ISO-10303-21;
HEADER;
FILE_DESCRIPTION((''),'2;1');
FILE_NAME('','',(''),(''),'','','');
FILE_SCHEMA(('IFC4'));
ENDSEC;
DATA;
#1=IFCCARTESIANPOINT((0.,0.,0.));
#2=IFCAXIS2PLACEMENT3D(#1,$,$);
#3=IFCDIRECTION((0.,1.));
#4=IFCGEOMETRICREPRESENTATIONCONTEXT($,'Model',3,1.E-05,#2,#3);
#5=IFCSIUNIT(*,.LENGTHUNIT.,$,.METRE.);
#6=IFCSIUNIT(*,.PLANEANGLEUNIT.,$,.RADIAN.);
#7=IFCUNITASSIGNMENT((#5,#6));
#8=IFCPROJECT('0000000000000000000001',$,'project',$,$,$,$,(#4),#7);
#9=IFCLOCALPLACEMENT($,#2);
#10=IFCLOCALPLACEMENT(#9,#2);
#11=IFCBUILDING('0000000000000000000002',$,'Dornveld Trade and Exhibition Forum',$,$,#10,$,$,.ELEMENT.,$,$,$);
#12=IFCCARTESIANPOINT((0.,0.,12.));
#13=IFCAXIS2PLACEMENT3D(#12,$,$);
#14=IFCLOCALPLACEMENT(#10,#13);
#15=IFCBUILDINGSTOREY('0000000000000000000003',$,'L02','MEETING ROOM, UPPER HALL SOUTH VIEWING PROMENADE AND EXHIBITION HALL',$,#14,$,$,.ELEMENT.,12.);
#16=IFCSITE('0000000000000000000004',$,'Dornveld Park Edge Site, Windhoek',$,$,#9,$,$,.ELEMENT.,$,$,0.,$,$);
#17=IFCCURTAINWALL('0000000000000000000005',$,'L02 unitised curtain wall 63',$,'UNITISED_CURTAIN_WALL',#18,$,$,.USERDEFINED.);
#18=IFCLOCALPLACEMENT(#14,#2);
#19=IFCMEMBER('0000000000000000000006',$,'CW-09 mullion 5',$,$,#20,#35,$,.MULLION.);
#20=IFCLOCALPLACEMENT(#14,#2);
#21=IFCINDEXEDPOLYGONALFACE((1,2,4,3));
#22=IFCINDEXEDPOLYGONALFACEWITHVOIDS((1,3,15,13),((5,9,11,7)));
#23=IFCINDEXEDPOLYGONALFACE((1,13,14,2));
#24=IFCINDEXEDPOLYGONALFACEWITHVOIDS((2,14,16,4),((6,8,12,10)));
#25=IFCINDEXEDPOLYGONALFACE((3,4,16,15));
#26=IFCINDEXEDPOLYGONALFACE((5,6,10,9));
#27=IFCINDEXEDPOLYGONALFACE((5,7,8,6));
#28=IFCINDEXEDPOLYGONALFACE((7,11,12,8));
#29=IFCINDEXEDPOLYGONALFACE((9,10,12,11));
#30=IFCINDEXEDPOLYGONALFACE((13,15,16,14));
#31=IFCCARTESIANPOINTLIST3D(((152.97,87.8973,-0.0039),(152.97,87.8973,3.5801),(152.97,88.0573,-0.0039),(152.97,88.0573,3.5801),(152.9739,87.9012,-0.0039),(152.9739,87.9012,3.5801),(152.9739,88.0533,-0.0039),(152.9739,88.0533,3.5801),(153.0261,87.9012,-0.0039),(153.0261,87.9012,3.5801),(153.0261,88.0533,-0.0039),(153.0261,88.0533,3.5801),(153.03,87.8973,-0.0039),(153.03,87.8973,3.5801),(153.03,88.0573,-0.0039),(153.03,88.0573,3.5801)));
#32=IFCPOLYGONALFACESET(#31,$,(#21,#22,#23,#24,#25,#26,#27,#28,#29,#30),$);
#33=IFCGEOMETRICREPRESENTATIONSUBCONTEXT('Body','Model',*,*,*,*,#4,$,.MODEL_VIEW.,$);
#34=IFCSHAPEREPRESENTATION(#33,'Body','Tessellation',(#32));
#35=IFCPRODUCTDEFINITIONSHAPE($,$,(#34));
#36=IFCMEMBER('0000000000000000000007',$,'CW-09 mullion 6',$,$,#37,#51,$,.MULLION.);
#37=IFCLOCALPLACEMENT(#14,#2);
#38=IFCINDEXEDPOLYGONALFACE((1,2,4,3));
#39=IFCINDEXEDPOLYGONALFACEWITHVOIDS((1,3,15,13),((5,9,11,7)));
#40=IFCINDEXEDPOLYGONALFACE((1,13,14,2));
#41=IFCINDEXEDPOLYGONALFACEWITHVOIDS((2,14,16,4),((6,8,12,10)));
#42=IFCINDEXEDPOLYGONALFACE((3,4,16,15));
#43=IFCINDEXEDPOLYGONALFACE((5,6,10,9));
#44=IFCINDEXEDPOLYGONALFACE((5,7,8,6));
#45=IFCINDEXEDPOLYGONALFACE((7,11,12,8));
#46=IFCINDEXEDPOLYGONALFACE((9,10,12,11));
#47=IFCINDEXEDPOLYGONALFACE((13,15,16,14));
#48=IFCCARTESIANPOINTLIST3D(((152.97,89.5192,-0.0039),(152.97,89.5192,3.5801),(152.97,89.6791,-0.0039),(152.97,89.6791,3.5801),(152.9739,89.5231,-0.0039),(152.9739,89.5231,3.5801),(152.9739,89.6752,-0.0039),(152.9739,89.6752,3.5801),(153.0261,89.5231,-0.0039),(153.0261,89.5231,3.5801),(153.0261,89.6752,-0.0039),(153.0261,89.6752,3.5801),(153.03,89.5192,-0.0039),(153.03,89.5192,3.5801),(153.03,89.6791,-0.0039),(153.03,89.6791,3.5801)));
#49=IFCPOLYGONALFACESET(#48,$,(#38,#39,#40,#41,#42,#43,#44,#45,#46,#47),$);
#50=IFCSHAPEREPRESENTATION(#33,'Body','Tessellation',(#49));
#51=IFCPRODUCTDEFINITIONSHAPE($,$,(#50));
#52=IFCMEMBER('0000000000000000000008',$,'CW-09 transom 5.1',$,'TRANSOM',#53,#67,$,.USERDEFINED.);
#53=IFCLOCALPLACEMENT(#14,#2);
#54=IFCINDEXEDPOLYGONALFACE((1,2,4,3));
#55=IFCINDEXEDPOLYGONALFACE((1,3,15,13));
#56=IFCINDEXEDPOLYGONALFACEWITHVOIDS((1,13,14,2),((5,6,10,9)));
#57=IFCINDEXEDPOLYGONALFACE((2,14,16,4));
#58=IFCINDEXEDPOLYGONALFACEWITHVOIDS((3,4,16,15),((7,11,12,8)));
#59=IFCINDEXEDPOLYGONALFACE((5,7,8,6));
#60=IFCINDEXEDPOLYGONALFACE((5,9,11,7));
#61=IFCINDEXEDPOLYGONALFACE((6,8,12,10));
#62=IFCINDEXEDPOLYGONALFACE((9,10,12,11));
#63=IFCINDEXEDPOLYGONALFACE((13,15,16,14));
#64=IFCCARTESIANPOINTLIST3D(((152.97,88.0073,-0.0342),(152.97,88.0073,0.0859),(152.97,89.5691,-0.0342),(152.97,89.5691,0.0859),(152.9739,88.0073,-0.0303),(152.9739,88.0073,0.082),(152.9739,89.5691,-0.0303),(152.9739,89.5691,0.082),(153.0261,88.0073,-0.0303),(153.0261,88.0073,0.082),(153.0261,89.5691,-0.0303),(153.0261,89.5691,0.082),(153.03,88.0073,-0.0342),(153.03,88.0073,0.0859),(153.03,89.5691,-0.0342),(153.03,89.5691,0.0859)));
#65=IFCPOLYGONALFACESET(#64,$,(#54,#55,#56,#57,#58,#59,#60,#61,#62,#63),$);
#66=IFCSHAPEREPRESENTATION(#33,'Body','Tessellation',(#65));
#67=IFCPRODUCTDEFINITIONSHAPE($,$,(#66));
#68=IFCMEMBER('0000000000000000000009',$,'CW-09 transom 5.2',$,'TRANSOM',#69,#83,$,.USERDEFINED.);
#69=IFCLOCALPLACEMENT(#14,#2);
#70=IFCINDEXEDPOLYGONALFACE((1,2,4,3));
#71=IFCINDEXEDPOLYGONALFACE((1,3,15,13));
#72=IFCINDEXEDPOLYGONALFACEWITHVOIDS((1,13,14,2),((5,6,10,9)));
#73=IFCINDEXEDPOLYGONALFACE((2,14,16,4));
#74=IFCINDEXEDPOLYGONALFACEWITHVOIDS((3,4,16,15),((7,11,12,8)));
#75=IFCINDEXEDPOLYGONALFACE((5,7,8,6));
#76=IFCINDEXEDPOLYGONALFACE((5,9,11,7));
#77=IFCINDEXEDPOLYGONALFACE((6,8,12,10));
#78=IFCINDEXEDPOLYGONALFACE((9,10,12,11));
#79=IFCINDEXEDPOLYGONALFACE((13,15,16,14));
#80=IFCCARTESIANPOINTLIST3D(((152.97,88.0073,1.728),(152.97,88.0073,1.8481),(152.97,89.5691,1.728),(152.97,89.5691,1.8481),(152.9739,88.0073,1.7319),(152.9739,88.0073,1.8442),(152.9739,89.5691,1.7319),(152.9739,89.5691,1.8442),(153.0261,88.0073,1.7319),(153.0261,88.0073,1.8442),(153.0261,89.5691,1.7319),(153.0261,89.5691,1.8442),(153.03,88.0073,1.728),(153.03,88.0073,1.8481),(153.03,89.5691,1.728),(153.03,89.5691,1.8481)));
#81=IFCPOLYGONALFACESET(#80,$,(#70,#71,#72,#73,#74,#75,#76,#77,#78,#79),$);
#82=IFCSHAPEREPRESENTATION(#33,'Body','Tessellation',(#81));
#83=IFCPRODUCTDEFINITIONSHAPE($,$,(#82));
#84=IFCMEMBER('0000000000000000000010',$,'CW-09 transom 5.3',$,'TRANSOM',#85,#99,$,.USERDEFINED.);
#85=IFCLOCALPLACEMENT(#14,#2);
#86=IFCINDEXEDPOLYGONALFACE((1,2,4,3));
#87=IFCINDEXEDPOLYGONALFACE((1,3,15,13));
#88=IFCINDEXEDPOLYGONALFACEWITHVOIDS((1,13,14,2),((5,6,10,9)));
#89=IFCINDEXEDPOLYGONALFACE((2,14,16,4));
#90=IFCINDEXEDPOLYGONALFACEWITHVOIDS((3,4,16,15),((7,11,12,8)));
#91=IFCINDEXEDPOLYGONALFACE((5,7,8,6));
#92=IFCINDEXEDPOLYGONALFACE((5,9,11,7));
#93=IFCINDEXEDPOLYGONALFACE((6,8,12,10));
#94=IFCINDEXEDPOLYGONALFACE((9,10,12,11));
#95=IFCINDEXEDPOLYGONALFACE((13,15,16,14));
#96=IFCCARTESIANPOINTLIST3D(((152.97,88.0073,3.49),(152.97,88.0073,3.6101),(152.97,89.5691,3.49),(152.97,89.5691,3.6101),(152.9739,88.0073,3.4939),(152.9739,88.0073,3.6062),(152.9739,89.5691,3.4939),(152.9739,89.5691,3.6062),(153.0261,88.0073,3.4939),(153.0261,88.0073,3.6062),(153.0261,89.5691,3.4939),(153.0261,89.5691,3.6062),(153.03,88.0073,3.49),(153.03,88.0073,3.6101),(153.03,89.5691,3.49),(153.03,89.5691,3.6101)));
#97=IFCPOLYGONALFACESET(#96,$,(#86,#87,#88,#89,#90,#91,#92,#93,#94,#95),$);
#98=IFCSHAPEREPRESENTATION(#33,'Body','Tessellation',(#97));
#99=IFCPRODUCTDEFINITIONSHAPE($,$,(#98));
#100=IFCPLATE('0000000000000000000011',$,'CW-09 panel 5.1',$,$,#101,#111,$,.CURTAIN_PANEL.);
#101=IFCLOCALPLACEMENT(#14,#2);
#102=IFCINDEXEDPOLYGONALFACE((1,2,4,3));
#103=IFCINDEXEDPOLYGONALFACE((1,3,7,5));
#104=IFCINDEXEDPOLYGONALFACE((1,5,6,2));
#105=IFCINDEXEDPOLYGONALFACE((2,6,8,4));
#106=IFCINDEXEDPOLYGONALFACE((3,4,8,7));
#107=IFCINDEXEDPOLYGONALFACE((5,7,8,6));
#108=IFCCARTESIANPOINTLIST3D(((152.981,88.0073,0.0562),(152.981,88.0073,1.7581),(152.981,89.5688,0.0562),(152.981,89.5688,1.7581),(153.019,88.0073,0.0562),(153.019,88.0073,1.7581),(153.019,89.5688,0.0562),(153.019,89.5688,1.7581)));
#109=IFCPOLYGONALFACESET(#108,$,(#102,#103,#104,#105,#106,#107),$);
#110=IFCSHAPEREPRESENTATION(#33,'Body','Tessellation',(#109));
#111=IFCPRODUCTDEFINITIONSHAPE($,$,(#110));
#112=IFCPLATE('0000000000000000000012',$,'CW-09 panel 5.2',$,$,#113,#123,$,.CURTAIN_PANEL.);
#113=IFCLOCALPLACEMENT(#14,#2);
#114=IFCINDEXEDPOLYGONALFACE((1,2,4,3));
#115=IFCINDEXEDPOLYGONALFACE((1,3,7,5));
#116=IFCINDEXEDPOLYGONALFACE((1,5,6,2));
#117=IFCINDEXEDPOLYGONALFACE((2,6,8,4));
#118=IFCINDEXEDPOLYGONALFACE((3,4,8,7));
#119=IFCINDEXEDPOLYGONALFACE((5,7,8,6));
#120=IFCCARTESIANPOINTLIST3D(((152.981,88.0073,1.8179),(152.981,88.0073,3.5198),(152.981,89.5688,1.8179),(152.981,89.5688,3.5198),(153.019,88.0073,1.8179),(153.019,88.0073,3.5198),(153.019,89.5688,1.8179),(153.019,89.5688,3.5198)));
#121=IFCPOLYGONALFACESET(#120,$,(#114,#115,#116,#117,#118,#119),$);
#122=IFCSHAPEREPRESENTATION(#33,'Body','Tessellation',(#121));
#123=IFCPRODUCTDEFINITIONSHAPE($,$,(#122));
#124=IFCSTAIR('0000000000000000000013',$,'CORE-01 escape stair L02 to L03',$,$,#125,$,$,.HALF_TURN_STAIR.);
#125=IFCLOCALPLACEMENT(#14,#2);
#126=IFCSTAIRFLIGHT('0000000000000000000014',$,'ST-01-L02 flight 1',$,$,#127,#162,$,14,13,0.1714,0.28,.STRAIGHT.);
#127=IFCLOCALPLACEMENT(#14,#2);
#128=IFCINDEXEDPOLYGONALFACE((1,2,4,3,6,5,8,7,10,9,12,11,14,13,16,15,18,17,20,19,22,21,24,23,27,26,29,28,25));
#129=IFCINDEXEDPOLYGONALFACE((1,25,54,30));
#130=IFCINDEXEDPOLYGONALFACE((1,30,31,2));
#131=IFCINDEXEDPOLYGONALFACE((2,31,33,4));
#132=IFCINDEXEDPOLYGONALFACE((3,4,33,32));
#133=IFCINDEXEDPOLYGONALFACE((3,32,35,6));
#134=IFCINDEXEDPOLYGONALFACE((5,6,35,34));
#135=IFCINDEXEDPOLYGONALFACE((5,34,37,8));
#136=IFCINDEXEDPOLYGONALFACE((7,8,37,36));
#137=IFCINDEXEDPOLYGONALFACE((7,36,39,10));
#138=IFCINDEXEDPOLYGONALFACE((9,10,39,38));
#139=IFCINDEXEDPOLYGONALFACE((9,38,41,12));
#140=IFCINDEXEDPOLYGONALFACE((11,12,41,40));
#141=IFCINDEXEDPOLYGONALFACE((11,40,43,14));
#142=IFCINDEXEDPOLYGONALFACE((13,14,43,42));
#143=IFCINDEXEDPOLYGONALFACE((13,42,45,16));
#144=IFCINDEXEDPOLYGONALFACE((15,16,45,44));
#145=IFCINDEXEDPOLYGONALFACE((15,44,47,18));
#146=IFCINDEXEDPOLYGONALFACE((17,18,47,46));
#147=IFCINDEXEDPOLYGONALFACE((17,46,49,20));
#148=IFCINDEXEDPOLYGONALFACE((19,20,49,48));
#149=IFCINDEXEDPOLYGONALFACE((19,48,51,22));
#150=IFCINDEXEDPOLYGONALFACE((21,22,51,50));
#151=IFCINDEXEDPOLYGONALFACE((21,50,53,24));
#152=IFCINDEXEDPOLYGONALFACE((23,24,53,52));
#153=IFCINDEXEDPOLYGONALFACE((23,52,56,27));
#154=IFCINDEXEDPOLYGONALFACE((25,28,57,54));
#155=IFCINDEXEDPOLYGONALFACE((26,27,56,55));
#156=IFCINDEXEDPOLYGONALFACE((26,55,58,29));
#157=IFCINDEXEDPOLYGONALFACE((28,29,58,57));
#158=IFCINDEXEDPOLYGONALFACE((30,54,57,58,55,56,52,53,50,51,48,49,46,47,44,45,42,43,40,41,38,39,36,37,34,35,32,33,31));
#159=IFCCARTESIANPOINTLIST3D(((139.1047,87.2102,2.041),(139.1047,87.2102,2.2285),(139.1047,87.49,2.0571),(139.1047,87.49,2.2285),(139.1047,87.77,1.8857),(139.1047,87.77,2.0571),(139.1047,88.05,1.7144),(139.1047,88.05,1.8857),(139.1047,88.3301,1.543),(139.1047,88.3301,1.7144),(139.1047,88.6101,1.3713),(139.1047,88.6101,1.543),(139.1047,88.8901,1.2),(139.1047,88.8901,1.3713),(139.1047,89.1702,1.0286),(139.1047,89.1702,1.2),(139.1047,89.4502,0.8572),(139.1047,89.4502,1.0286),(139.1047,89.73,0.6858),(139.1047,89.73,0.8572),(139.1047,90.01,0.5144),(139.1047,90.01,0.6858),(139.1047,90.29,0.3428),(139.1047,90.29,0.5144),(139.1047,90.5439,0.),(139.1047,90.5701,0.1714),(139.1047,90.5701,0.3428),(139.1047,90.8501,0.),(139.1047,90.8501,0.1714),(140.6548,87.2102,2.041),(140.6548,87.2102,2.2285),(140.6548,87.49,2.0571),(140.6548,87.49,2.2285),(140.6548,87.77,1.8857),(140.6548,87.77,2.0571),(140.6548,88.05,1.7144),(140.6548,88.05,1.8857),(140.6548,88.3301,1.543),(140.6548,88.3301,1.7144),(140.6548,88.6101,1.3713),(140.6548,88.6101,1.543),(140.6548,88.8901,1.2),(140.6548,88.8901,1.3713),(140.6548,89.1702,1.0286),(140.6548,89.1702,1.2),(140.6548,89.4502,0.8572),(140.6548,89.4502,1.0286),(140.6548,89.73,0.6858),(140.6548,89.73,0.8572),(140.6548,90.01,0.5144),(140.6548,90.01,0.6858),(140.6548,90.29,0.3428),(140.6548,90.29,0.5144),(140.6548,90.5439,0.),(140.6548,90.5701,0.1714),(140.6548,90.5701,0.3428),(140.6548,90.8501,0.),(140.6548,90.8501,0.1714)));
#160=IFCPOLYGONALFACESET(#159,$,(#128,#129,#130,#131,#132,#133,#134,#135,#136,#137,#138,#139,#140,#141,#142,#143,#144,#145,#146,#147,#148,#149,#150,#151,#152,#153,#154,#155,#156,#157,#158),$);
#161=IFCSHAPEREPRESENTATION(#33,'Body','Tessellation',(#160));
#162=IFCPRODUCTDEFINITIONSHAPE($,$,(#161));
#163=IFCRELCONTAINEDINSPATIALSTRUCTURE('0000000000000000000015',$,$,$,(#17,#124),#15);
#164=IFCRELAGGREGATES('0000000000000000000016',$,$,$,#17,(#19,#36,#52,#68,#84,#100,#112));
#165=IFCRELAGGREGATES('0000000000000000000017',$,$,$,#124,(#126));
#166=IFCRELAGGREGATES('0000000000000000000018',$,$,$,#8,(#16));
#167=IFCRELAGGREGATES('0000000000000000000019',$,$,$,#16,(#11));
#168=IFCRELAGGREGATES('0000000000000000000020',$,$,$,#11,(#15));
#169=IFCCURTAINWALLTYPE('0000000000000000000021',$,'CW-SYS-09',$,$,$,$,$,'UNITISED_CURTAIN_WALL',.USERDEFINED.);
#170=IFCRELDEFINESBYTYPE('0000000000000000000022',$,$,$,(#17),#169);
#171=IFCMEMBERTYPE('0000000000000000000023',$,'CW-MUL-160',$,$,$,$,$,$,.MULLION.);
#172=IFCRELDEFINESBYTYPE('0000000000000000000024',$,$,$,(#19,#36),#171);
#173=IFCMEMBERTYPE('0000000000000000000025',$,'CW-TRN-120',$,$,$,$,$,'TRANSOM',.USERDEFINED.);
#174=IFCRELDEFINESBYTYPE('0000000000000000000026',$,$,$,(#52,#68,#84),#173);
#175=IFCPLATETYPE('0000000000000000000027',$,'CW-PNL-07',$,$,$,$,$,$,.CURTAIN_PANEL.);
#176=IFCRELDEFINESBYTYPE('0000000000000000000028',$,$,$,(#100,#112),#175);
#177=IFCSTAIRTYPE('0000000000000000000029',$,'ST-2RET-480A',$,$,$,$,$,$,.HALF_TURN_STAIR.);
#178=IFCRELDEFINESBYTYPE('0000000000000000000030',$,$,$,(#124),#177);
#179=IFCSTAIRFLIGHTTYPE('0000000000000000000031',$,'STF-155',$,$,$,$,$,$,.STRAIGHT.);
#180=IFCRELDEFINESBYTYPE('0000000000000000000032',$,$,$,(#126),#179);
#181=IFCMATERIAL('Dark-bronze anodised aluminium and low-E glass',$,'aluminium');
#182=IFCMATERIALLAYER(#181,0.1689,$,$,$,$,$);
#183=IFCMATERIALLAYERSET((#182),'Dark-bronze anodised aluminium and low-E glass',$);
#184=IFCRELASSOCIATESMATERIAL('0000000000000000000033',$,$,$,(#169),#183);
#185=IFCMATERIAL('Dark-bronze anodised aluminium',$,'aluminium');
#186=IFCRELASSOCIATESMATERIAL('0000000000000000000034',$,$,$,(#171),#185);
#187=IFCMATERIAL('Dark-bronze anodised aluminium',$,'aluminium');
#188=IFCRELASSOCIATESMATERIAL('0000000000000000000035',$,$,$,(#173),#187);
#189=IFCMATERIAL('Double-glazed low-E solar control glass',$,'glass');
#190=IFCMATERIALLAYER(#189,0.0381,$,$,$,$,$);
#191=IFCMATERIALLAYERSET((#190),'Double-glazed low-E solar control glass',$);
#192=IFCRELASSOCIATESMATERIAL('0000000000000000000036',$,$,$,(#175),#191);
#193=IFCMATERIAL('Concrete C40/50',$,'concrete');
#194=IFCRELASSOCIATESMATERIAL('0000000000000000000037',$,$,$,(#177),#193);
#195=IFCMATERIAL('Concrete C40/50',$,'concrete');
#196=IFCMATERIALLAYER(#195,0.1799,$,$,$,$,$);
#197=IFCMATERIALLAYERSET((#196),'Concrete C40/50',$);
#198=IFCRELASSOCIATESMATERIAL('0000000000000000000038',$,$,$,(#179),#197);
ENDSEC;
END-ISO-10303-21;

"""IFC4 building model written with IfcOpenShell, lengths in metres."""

from ifc_helpers import new_model, si_unit, direction, frame, origin, origin_2d, place, context, subcontext, project, spatial, polyline, rectangle, hollow_rectangle, outline, extrude, material, layer, layer_set, material_profile, profile_set, type_object, element, aggregate, save


model = new_model("IFC4")

# Units and contexts
model_context = context("Model", 3, precision=1e-05, world=origin(), true_north=direction((0.0, 1.0)))
body_context = subcontext(model_context, "Body", "Model", "MODEL_VIEW")
ifc_project = project(units=[si_unit("LENGTHUNIT", "METRE"), si_unit("PLANEANGLEUNIT", "RADIAN")], contexts=[model_context])

# Site, building, storey
site_placement = place(None, origin())
site = spatial("IfcSite", under=ifc_project, at=site_placement, Name="Dornveld Park Edge Site, Windhoek", CompositionType="ELEMENT", RefElevation=0.0)
building_placement = place(site_placement, origin())
building = spatial("IfcBuilding", under=site, at=building_placement, Name="Dornveld Trade and Exhibition Forum", CompositionType="ELEMENT")
storey_placement = place(building_placement, frame((0.0, 0.0, 12.0)))
storey = spatial("IfcBuildingStorey", under=building, at=storey_placement, Name="L02", Description="MEETING ROOM, UPPER HALL SOUTH VIEWING PROMENADE AND EXHIBITION HALL", CompositionType="ELEMENT", Elevation=12.0)

# Curtain wall, members, plates
ifc_material_1 = material(Name="Dark-bronze anodised aluminium and low-E glass", Category="aluminium")
ifc_layer_1 = layer(ifc_material_1, 0.1689)
ifc_layer_set_1 = layer_set([ifc_layer_1], Name="Dark-bronze anodised aluminium and low-E glass")
curtain_wall_type = type_object("IfcCurtainWallType", Name="CW-SYS-09", ElementType="UNITISED_CURTAIN_WALL", PredefinedType="USERDEFINED", material=ifc_layer_set_1)
curtain_wall_placement = place(storey_placement, origin())
curtain_wall = element("IfcCurtainWall", 1, at=curtain_wall_placement, inside=storey, type_object=curtain_wall_type, Name="L02 unitised curtain wall 63", ObjectType="UNITISED_CURTAIN_WALL", PredefinedType="USERDEFINED")
ifc_material_2 = material(Name="Dark-bronze anodised aluminium", Category="aluminium")
ifc_material_profile_1 = material_profile(ifc_material_2, hollow_rectangle(XDim=0.0601, YDim=0.1599, WallThickness=0.0039, at=origin_2d()), Name="RHS 160x60x4")
ifc_profile_set_1 = profile_set([ifc_material_profile_1], Name="Dark-bronze anodised aluminium")
member_type_1 = type_object("IfcMemberType", Name="CW-MUL-160", PredefinedType="MULLION", material=ifc_profile_set_1)
member_1_placement = place(storey_placement, frame((153.0, 87.9773, -0.0039), z_axis=(0.0, 0.0, 1.0), x_axis=(-1.0, 0.0, 0.0)))
member_1 = element("IfcMember", 2, at=member_1_placement, type_object=member_type_1, Name="CW-09 mullion 5", PredefinedType="MULLION", context=body_context, shape_type="SweptSolid", body=[
    extrude(hollow_rectangle(XDim=0.0601, YDim=0.1599, WallThickness=0.0039, at=origin_2d()), origin(), (0.0, 0.0, 1.0), 3.584),
])
member_2_placement = place(storey_placement, frame((153.0, 89.5991, -0.0039), z_axis=(0.0, 0.0, 1.0), x_axis=(-1.0, 0.0, 0.0)))
member_2 = element("IfcMember", 3, at=member_2_placement, type_object=member_type_1, Name="CW-09 mullion 6", PredefinedType="MULLION", context=body_context, shape_type="SweptSolid", body=[
    extrude(hollow_rectangle(XDim=0.0601, YDim=0.1599, WallThickness=0.0039, at=origin_2d()), origin(), (0.0, 0.0, 1.0), 3.584),
])
ifc_material_3 = material(Name="Dark-bronze anodised aluminium", Category="aluminium")
ifc_material_profile_2 = material_profile(ifc_material_3, hollow_rectangle(XDim=0.0601, YDim=0.1201, WallThickness=0.0039, at=origin_2d()), Name="RHS 120x60x4")
ifc_profile_set_2 = profile_set([ifc_material_profile_2], Name="Dark-bronze anodised aluminium")
member_type_2 = type_object("IfcMemberType", Name="CW-TRN-120", ElementType="TRANSOM", PredefinedType="USERDEFINED", material=ifc_profile_set_2)
member_3_placement = place(storey_placement, frame((153.0, 88.0073, 0.0259), z_axis=(0.0, 1.0, 0.0), x_axis=(-1.0, 0.0, 0.0)))
member_3 = element("IfcMember", 4, at=member_3_placement, type_object=member_type_2, Name="CW-09 transom 5.1", ObjectType="TRANSOM", PredefinedType="USERDEFINED", context=body_context, shape_type="SweptSolid", body=[
    extrude(hollow_rectangle(XDim=0.0601, YDim=0.1201, WallThickness=0.0039, at=origin_2d()), origin(), (0.0, 0.0, 1.0), 1.5618),
])
member_4_placement = place(storey_placement, frame((153.0, 88.0073, 1.7881), z_axis=(0.0, 1.0, 0.0), x_axis=(-1.0, 0.0, 0.0)))
member_4 = element("IfcMember", 5, at=member_4_placement, type_object=member_type_2, Name="CW-09 transom 5.2", ObjectType="TRANSOM", PredefinedType="USERDEFINED", context=body_context, shape_type="SweptSolid", body=[
    extrude(hollow_rectangle(XDim=0.0601, YDim=0.1201, WallThickness=0.0039, at=origin_2d()), origin(), (0.0, 0.0, 1.0), 1.5618),
])
member_5_placement = place(storey_placement, frame((153.0, 88.0073, 3.55), z_axis=(0.0, 1.0, 0.0), x_axis=(-1.0, 0.0, 0.0)))
member_5 = element("IfcMember", 6, at=member_5_placement, type_object=member_type_2, Name="CW-09 transom 5.3", ObjectType="TRANSOM", PredefinedType="USERDEFINED", context=body_context, shape_type="SweptSolid", body=[
    extrude(hollow_rectangle(XDim=0.0601, YDim=0.1201, WallThickness=0.0039, at=origin_2d()), origin(), (0.0, 0.0, 1.0), 1.5618),
])
ifc_material_4 = material(Name="Double-glazed low-E solar control glass", Category="glass")
ifc_layer_2 = layer(ifc_material_4, 0.0381)
ifc_layer_set_2 = layer_set([ifc_layer_2], Name="Double-glazed low-E solar control glass")
plate_type = type_object("IfcPlateType", Name="CW-PNL-07", PredefinedType="CURTAIN_PANEL", material=ifc_layer_set_2)
plate_1_placement = place(storey_placement, frame((153.0, 88.7881, 0.0562), z_axis=(0.0, 0.0, 1.0), x_axis=(0.0, 1.0, 0.0)))
plate_1 = element("IfcPlate", 7, at=plate_1_placement, type_object=plate_type, Name="CW-09 panel 5.1", PredefinedType="CURTAIN_PANEL", context=body_context, shape_type="SweptSolid", body=[
    extrude(rectangle(XDim=1.5615, YDim=0.0381, at=origin_2d()), origin(), (0.0, 0.0, 1.0), 1.7019),
])
plate_2_placement = place(storey_placement, frame((153.0, 88.7881, 1.8179), z_axis=(0.0, 0.0, 1.0), x_axis=(0.0, 1.0, 0.0)))
plate_2 = element("IfcPlate", 8, at=plate_2_placement, type_object=plate_type, Name="CW-09 panel 5.2", PredefinedType="CURTAIN_PANEL", context=body_context, shape_type="SweptSolid", body=[
    extrude(rectangle(XDim=1.5615, YDim=0.0381, at=origin_2d()), origin(), (0.0, 0.0, 1.0), 1.7019),
])
aggregate(curtain_wall, [member_1, member_2, member_3, member_4, member_5, plate_1, plate_2])

# Stair, stair flight
ifc_material_5 = material(Name="Concrete C40/50", Category="concrete")
stair_type = type_object("IfcStairType", Name="ST-2RET-480A", PredefinedType="HALF_TURN_STAIR", material=ifc_material_5)
stair_placement = place(storey_placement, origin())
stair = element("IfcStair", 9, at=stair_placement, inside=storey, type_object=stair_type, Name="CORE-01 escape stair L02 to L03", PredefinedType="HALF_TURN_STAIR")
ifc_material_6 = material(Name="Concrete C40/50", Category="concrete")
ifc_layer_3 = layer(ifc_material_6, 0.1799)
ifc_layer_set_3 = layer_set([ifc_layer_3], Name="Concrete C40/50")
stair_flight_type = type_object("IfcStairFlightType", Name="STF-155", PredefinedType="STRAIGHT", material=ifc_layer_set_3)
stair_flight_1_placement = place(storey_placement, frame((139.8799, 90.8501, 0.0), z_axis=(0.0, 0.0, 1.0), x_axis=(0.0, -1.0, 0.0)))
stair_flight_1 = element("IfcStairFlight", 10, at=stair_flight_1_placement, type_object=stair_flight_type, Name="ST-01-L02 flight 1", NumberOfRisers=14, NumberOfTreads=13, PredefinedType="STRAIGHT", RiserHeight=0.1714, TreadLength=0.28, context=body_context, shape_type="SweptSolid", body=[
    extrude(outline(polyline([(0.0, 0.0), (0.0, 0.1714), (0.28, 0.1714), (0.28, 0.3428), (0.5601, 0.3428), (0.5601, 0.5144), (0.8401, 0.5144), (0.8401, 0.6858), (1.1201, 0.6858), (1.1201, 0.8572), (1.3999, 0.8572), (1.3999, 1.0286), (1.6799, 1.0286), (1.6799, 1.2), (1.96, 1.2), (1.96, 1.3713), (2.24, 1.3713), (2.24, 1.543), (2.52, 1.543), (2.52, 1.7144), (2.8, 1.7144), (2.8, 1.8857), (3.0801, 1.8857), (3.0801, 2.0571), (3.3601, 2.0571), (3.3601, 2.2285), (3.6399, 2.2285), (3.6399, 2.3999), (3.6399, 2.041), (0.3062, 0.0), (0.0, 0.0)])), frame((0.0, 0.7749, 0.0), z_axis=(0.0, -1.0, 0.0), x_axis=(1.0, 0.0, 0.0)), (0.0, 0.0, 1.0), 1.55),
])
aggregate(stair, [stair_flight_1])

save(model, "model.ifc")
